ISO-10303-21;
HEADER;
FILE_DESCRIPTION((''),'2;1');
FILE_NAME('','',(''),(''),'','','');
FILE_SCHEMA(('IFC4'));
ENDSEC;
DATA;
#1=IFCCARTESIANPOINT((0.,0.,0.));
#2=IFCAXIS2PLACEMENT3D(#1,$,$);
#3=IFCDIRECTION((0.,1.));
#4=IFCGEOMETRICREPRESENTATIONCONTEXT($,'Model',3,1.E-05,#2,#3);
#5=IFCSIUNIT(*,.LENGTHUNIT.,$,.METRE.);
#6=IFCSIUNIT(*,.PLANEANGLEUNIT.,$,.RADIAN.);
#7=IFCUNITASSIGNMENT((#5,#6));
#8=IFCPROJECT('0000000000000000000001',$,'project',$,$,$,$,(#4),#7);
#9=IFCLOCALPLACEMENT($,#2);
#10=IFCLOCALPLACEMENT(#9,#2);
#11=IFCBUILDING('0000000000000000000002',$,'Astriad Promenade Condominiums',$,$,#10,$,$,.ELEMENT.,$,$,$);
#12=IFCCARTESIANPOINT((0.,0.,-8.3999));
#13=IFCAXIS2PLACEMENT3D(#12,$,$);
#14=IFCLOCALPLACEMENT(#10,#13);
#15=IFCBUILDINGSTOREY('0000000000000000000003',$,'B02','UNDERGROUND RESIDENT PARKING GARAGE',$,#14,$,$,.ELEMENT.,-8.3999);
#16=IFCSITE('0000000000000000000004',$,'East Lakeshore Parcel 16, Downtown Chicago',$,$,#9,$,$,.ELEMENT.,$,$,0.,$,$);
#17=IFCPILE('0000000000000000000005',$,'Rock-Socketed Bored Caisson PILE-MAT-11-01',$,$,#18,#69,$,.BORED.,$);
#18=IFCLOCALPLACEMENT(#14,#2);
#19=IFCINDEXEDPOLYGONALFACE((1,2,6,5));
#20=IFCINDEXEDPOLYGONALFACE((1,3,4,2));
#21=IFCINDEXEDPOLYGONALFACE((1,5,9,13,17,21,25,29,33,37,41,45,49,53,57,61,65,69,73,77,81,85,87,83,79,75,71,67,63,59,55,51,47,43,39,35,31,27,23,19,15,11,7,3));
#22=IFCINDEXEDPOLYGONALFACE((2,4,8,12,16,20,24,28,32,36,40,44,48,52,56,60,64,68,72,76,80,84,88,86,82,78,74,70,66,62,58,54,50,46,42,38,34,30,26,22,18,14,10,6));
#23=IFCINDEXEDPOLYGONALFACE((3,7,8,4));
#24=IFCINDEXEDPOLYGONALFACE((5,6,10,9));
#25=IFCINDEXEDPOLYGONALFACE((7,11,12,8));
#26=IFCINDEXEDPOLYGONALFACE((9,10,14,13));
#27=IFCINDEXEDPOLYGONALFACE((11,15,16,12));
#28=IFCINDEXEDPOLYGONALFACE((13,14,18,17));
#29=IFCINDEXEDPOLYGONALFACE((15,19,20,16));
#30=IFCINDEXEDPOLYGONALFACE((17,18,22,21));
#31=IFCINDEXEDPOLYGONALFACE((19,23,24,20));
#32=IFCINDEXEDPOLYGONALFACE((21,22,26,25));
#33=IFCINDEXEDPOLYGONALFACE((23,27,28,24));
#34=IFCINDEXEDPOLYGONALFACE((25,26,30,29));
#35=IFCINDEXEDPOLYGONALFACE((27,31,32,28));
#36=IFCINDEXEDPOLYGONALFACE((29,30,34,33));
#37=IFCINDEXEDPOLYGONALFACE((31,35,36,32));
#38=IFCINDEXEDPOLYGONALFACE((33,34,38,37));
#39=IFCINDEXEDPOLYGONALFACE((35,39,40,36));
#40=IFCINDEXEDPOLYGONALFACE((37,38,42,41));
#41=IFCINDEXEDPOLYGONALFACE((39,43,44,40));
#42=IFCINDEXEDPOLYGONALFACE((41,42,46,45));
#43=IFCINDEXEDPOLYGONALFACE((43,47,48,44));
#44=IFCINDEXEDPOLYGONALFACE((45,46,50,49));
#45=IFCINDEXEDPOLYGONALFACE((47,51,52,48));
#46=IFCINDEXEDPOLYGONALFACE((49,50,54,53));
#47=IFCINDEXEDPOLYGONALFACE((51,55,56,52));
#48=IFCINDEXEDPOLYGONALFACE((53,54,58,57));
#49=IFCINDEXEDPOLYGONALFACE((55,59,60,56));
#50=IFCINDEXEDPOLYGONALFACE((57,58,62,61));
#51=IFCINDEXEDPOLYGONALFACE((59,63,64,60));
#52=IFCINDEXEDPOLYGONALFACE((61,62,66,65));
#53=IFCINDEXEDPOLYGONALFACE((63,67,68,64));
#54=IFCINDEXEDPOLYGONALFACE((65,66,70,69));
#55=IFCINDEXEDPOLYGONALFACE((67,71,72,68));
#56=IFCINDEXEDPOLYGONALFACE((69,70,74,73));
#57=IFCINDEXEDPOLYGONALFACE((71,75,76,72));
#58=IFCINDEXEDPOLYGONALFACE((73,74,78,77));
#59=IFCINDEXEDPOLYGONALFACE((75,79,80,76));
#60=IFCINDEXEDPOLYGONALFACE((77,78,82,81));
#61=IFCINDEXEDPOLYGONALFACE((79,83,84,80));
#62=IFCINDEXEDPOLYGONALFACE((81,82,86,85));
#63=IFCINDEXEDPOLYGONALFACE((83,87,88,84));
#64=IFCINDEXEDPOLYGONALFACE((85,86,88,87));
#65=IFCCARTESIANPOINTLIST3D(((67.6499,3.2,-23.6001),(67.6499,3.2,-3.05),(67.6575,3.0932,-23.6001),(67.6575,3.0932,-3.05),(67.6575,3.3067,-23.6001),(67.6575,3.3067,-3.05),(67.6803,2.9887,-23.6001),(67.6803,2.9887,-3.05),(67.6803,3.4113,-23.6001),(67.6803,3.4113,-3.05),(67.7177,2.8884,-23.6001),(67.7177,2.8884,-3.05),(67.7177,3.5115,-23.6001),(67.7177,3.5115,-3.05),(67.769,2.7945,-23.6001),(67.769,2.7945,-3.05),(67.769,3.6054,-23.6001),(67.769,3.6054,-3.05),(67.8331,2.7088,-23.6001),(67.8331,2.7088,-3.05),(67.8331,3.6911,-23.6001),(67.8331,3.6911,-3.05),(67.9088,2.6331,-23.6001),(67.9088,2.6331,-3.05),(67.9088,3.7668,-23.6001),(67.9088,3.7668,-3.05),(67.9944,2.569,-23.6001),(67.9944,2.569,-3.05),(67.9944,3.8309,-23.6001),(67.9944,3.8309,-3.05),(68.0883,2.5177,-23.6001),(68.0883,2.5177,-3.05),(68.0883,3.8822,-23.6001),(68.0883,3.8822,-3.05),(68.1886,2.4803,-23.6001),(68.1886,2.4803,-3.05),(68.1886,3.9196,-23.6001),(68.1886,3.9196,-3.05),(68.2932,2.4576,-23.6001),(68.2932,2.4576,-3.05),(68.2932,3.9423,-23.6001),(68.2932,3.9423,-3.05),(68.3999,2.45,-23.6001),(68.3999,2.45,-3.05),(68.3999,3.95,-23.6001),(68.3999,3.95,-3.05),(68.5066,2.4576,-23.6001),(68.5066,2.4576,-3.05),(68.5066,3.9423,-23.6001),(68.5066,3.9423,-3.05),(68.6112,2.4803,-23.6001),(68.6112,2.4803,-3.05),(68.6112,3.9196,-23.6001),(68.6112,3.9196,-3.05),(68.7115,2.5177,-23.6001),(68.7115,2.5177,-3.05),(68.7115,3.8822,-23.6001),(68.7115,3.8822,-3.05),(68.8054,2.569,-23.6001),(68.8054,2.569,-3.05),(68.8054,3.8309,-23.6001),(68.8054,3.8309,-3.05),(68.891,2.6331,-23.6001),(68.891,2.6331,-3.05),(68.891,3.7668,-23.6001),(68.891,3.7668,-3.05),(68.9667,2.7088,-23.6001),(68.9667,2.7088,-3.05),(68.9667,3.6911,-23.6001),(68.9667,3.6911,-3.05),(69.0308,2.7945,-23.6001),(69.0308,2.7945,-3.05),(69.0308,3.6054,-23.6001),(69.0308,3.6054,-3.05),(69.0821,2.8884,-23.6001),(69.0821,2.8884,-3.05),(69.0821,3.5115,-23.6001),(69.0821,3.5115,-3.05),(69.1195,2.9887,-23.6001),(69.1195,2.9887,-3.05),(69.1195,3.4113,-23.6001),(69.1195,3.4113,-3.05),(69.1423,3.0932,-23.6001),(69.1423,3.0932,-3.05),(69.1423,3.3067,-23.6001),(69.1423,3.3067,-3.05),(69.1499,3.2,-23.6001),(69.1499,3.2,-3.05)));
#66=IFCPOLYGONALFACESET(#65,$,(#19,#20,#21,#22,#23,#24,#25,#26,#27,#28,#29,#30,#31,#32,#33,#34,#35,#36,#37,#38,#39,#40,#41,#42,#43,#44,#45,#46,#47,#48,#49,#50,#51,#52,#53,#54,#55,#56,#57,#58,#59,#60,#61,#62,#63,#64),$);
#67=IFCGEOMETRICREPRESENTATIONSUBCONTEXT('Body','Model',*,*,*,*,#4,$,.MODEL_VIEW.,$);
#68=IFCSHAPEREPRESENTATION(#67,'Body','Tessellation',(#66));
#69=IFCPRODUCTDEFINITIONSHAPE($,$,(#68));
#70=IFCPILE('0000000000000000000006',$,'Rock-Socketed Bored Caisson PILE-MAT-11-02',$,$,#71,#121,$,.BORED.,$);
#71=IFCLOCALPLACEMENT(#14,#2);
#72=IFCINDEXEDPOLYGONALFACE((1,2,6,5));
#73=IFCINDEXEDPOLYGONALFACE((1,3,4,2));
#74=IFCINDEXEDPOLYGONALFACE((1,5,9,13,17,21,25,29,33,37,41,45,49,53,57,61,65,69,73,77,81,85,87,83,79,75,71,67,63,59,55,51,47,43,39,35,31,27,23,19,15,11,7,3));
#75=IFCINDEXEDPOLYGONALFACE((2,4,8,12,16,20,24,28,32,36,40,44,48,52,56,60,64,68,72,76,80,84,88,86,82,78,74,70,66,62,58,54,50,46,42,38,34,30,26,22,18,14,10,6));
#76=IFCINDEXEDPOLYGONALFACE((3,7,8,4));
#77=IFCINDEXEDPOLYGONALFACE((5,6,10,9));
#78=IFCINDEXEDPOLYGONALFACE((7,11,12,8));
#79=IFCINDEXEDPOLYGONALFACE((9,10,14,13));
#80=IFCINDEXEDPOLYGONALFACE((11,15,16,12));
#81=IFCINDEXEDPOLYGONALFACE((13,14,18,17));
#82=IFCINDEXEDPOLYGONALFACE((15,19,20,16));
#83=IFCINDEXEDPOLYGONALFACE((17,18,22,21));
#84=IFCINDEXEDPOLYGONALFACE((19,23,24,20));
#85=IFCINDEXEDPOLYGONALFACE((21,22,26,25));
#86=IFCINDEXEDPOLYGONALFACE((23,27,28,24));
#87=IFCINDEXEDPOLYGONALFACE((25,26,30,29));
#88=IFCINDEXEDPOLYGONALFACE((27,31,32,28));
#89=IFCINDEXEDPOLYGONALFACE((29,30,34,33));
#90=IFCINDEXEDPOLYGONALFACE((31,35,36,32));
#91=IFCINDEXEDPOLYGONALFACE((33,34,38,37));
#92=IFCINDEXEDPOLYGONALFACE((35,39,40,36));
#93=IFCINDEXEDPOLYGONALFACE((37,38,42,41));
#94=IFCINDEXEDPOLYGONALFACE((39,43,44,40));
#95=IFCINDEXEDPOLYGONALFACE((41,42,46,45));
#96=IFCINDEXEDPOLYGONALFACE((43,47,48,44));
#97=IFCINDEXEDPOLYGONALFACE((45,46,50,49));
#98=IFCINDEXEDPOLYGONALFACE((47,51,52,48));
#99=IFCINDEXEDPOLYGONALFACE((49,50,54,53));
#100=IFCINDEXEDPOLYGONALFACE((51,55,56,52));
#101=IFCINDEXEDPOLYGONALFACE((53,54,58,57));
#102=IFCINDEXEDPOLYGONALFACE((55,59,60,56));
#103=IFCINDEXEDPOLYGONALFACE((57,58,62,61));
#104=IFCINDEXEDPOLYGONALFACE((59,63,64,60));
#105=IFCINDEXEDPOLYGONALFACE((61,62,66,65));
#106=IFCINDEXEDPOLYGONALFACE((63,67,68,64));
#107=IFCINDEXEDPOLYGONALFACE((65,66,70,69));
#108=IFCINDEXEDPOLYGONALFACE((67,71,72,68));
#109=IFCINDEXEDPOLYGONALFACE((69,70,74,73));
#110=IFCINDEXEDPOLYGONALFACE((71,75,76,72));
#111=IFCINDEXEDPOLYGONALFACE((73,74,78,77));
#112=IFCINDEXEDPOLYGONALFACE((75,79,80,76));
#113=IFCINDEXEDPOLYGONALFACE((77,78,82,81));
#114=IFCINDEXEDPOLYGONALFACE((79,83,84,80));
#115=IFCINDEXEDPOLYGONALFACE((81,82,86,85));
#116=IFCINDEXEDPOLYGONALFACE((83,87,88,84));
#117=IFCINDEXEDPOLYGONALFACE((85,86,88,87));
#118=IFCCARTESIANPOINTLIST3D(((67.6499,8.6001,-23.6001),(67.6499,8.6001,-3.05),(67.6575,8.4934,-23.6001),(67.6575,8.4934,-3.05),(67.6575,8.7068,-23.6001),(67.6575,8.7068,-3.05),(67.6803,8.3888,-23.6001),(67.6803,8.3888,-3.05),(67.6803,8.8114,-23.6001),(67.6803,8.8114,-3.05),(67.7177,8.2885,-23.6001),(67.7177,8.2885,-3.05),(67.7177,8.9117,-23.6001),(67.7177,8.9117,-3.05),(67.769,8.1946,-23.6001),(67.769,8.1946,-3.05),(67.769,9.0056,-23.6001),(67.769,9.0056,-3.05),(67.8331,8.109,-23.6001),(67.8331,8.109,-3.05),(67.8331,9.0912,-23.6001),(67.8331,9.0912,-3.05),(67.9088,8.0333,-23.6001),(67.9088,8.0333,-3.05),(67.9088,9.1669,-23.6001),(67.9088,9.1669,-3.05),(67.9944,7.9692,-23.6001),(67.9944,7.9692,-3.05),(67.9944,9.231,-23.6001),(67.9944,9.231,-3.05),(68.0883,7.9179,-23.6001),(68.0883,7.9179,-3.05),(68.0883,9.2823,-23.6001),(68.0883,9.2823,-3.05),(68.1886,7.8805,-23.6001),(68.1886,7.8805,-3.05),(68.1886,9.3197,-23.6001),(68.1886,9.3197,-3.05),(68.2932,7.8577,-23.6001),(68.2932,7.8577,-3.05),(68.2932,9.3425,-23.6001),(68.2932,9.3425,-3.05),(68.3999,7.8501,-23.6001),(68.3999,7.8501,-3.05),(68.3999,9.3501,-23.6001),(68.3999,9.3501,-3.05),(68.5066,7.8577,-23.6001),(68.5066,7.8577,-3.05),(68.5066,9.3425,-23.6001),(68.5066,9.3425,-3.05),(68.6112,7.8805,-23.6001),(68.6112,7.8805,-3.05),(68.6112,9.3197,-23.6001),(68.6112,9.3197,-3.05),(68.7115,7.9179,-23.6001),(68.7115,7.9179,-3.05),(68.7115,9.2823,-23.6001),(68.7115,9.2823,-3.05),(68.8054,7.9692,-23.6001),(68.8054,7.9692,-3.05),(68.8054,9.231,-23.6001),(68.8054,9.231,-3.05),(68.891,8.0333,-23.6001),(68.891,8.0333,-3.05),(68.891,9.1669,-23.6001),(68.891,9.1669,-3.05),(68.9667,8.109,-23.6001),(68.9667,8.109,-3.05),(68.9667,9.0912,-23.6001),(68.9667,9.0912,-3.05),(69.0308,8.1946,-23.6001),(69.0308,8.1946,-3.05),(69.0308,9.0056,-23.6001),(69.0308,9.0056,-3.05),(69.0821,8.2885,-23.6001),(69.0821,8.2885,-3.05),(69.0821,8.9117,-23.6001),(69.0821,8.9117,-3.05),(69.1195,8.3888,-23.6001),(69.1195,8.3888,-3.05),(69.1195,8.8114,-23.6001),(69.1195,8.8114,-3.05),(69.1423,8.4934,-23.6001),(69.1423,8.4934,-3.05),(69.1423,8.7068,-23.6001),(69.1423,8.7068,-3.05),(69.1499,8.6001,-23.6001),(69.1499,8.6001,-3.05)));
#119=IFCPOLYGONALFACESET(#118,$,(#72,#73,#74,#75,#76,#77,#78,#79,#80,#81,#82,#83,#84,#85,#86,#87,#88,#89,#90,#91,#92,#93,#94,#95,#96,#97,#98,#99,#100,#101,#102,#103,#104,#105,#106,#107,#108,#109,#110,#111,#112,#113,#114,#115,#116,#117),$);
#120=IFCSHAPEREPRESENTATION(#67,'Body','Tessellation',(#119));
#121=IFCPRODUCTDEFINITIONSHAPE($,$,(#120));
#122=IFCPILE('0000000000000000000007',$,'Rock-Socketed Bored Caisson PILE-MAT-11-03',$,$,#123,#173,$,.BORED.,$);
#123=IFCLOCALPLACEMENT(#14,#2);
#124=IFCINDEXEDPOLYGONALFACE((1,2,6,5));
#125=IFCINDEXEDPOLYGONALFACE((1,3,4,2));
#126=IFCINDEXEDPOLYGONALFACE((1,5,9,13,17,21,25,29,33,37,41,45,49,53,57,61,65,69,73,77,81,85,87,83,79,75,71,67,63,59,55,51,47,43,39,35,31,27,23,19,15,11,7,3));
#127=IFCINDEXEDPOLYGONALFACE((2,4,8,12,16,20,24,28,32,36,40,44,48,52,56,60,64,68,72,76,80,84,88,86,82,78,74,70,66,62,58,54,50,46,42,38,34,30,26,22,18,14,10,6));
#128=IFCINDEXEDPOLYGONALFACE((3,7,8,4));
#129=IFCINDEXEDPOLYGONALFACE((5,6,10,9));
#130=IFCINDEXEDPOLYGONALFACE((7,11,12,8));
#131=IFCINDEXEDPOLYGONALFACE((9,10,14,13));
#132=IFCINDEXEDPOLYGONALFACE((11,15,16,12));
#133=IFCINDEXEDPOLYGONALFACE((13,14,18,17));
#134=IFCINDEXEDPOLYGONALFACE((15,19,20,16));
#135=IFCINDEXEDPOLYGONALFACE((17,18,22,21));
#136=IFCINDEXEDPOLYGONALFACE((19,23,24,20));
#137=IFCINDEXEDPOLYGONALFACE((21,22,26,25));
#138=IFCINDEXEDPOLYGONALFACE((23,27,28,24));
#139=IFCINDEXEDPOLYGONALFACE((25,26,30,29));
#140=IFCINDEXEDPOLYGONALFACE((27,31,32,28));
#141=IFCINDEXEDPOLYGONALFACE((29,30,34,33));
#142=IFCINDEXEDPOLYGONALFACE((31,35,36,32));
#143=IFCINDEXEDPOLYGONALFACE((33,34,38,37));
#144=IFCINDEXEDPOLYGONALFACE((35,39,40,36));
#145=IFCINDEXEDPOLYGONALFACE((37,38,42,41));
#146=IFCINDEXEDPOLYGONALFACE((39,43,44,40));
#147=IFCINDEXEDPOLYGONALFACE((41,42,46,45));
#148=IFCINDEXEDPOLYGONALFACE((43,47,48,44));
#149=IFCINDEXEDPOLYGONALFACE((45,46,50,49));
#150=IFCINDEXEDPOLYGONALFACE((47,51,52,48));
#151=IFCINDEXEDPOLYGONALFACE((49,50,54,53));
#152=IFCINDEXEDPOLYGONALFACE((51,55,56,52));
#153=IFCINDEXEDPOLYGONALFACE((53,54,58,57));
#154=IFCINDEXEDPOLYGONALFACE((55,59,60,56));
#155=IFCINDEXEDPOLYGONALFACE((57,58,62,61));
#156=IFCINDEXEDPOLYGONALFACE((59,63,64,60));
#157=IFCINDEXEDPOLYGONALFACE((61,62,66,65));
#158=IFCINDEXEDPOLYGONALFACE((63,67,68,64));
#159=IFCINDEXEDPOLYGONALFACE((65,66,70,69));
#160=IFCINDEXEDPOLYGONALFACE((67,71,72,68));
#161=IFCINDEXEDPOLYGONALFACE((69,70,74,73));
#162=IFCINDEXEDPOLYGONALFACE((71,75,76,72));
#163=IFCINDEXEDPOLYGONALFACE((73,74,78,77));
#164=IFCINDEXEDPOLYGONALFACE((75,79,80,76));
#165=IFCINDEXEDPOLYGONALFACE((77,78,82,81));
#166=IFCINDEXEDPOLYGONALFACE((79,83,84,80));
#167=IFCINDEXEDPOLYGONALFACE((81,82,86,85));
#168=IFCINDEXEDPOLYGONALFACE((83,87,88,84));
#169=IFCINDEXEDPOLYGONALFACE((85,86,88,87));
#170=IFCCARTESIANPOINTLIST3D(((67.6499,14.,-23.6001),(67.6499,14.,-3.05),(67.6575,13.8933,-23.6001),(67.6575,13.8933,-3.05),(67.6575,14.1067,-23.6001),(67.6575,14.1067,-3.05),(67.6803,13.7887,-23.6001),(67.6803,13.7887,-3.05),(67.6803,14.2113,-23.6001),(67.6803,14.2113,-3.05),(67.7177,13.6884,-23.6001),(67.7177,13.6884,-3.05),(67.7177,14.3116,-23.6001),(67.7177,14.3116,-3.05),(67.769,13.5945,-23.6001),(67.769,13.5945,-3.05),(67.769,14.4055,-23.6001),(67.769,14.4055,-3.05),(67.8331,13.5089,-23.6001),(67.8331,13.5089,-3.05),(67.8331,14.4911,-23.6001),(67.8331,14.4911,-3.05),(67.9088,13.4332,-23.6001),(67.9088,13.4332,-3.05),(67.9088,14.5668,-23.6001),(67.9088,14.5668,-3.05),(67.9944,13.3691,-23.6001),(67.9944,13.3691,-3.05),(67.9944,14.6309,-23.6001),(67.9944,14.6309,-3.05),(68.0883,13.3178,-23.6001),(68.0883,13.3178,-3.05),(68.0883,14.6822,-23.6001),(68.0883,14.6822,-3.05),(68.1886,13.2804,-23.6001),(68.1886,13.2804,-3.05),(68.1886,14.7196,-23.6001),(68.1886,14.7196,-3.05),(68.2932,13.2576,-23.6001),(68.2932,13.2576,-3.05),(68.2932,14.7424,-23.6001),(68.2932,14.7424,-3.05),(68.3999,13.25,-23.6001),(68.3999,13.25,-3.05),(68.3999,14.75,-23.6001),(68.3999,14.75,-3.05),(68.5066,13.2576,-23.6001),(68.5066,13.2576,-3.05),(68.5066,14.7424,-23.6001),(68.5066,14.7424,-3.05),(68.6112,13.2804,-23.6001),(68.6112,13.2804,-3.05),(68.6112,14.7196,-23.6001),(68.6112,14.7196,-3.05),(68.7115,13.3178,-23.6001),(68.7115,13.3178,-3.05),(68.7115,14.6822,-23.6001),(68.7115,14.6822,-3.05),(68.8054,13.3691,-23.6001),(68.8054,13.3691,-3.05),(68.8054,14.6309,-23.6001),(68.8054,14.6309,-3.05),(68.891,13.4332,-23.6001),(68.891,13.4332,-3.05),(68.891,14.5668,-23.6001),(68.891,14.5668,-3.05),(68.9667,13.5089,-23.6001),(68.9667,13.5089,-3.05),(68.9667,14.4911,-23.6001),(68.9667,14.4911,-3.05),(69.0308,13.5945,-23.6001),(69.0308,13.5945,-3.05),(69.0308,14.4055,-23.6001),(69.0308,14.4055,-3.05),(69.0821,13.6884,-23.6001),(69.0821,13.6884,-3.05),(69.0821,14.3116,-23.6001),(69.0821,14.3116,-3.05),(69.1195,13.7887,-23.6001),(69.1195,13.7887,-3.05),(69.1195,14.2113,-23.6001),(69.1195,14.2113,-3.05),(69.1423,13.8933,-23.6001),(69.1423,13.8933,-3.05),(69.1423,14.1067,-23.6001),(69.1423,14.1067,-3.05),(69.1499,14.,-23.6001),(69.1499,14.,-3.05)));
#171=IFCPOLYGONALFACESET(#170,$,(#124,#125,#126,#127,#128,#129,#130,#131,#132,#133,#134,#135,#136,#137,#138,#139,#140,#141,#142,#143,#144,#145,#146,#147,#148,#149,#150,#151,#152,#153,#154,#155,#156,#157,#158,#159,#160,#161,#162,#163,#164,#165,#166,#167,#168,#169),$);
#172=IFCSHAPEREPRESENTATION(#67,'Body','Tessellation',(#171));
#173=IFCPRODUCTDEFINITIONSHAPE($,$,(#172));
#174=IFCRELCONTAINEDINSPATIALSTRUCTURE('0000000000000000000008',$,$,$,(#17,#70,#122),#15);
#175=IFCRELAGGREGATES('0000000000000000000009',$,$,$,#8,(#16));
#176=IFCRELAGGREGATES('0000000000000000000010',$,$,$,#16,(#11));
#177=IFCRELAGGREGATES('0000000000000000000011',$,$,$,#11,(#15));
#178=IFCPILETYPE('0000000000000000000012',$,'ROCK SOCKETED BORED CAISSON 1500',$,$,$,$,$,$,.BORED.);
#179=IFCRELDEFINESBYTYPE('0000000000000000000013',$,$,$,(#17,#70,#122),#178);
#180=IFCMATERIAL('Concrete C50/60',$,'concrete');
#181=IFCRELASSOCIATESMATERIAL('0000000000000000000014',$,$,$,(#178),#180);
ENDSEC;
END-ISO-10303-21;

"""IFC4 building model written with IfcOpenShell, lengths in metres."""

from ifc_helpers import new_model, si_unit, direction, frame, origin, origin_2d, place, context, subcontext, project, spatial, circle, extrude, source, transform, mapped, material, material_profile, profile_set, type_object, type_shapes, element, save


model = new_model("IFC4")

# Units and contexts
model_context = context("Model", 3, precision=1e-05, world=origin(), true_north=direction((0.0, 1.0)))
body_context = subcontext(model_context, "Body", "Model", "MODEL_VIEW")
ifc_project = project(units=[si_unit("LENGTHUNIT", "METRE"), si_unit("PLANEANGLEUNIT", "RADIAN")], contexts=[model_context])

# Site, building, storey
site_placement = place(None, origin())
site = spatial("IfcSite", under=ifc_project, at=site_placement, Name="East Lakeshore Parcel 16, Downtown Chicago", CompositionType="ELEMENT", RefElevation=0.0)
building_placement = place(site_placement, origin())
building = spatial("IfcBuilding", under=site, at=building_placement, Name="Astriad Promenade Condominiums", CompositionType="ELEMENT")
storey_placement = place(building_placement, frame((0.0, 0.0, -8.3999)))
storey = spatial("IfcBuildingStorey", under=building, at=storey_placement, Name="B02", Description="UNDERGROUND RESIDENT PARKING GARAGE", CompositionType="ELEMENT", Elevation=-8.3999)

# Piles
ifc_material_1 = material(Name="Concrete C50/60", Category="concrete")
ifc_material_profile_1 = material_profile(ifc_material_1, circle(Radius=0.75, at=origin_2d()), Name="CAISSON-D1500")
ifc_profile_set_1 = profile_set([ifc_material_profile_1], Name="Concrete C50/60")
pile_type = type_object("IfcPileType", Name="ROCK SOCKETED BORED CAISSON 1500", PredefinedType="BORED", material=ifc_profile_set_1)
shared_shape_1 = source(origin(), body_context, "Body", "SweptSolid", [
    extrude(circle(Radius=0.75, at=origin_2d()), origin(), (0.0, 0.0, 1.0), 20.55),
])
type_shapes(pile_type, [shared_shape_1])
for number, where, z_axis, x_axis, name in (
    (1, (68.3999, 3.2, -3.05), (0.0, 0.0, -1.0), (1.0, 0.0, 0.0), "Rock-Socketed Bored Caisson PILE-MAT-11-01"),
    (2, (68.3999, 8.6001, -3.05), (0.0, 0.0, -1.0), (1.0, 0.0, 0.0), "Rock-Socketed Bored Caisson PILE-MAT-11-02"),
    (3, (68.3999, 14.0, -3.05), (0.0, 0.0, -1.0), (1.0, 0.0, 0.0), "Rock-Socketed Bored Caisson PILE-MAT-11-03"),
):
    element("IfcPile", number, at=place(storey_placement, frame(where, z_axis=z_axis, x_axis=x_axis)), inside=storey, type_object=pile_type, Name=name, PredefinedType="BORED", context=body_context, shape_type="MappedRepresentation", body=[
        mapped(shared_shape_1, transform((0.0, 0.0, 0.0), scale=1.0)),
    ])

save(model, "model.ifc")
